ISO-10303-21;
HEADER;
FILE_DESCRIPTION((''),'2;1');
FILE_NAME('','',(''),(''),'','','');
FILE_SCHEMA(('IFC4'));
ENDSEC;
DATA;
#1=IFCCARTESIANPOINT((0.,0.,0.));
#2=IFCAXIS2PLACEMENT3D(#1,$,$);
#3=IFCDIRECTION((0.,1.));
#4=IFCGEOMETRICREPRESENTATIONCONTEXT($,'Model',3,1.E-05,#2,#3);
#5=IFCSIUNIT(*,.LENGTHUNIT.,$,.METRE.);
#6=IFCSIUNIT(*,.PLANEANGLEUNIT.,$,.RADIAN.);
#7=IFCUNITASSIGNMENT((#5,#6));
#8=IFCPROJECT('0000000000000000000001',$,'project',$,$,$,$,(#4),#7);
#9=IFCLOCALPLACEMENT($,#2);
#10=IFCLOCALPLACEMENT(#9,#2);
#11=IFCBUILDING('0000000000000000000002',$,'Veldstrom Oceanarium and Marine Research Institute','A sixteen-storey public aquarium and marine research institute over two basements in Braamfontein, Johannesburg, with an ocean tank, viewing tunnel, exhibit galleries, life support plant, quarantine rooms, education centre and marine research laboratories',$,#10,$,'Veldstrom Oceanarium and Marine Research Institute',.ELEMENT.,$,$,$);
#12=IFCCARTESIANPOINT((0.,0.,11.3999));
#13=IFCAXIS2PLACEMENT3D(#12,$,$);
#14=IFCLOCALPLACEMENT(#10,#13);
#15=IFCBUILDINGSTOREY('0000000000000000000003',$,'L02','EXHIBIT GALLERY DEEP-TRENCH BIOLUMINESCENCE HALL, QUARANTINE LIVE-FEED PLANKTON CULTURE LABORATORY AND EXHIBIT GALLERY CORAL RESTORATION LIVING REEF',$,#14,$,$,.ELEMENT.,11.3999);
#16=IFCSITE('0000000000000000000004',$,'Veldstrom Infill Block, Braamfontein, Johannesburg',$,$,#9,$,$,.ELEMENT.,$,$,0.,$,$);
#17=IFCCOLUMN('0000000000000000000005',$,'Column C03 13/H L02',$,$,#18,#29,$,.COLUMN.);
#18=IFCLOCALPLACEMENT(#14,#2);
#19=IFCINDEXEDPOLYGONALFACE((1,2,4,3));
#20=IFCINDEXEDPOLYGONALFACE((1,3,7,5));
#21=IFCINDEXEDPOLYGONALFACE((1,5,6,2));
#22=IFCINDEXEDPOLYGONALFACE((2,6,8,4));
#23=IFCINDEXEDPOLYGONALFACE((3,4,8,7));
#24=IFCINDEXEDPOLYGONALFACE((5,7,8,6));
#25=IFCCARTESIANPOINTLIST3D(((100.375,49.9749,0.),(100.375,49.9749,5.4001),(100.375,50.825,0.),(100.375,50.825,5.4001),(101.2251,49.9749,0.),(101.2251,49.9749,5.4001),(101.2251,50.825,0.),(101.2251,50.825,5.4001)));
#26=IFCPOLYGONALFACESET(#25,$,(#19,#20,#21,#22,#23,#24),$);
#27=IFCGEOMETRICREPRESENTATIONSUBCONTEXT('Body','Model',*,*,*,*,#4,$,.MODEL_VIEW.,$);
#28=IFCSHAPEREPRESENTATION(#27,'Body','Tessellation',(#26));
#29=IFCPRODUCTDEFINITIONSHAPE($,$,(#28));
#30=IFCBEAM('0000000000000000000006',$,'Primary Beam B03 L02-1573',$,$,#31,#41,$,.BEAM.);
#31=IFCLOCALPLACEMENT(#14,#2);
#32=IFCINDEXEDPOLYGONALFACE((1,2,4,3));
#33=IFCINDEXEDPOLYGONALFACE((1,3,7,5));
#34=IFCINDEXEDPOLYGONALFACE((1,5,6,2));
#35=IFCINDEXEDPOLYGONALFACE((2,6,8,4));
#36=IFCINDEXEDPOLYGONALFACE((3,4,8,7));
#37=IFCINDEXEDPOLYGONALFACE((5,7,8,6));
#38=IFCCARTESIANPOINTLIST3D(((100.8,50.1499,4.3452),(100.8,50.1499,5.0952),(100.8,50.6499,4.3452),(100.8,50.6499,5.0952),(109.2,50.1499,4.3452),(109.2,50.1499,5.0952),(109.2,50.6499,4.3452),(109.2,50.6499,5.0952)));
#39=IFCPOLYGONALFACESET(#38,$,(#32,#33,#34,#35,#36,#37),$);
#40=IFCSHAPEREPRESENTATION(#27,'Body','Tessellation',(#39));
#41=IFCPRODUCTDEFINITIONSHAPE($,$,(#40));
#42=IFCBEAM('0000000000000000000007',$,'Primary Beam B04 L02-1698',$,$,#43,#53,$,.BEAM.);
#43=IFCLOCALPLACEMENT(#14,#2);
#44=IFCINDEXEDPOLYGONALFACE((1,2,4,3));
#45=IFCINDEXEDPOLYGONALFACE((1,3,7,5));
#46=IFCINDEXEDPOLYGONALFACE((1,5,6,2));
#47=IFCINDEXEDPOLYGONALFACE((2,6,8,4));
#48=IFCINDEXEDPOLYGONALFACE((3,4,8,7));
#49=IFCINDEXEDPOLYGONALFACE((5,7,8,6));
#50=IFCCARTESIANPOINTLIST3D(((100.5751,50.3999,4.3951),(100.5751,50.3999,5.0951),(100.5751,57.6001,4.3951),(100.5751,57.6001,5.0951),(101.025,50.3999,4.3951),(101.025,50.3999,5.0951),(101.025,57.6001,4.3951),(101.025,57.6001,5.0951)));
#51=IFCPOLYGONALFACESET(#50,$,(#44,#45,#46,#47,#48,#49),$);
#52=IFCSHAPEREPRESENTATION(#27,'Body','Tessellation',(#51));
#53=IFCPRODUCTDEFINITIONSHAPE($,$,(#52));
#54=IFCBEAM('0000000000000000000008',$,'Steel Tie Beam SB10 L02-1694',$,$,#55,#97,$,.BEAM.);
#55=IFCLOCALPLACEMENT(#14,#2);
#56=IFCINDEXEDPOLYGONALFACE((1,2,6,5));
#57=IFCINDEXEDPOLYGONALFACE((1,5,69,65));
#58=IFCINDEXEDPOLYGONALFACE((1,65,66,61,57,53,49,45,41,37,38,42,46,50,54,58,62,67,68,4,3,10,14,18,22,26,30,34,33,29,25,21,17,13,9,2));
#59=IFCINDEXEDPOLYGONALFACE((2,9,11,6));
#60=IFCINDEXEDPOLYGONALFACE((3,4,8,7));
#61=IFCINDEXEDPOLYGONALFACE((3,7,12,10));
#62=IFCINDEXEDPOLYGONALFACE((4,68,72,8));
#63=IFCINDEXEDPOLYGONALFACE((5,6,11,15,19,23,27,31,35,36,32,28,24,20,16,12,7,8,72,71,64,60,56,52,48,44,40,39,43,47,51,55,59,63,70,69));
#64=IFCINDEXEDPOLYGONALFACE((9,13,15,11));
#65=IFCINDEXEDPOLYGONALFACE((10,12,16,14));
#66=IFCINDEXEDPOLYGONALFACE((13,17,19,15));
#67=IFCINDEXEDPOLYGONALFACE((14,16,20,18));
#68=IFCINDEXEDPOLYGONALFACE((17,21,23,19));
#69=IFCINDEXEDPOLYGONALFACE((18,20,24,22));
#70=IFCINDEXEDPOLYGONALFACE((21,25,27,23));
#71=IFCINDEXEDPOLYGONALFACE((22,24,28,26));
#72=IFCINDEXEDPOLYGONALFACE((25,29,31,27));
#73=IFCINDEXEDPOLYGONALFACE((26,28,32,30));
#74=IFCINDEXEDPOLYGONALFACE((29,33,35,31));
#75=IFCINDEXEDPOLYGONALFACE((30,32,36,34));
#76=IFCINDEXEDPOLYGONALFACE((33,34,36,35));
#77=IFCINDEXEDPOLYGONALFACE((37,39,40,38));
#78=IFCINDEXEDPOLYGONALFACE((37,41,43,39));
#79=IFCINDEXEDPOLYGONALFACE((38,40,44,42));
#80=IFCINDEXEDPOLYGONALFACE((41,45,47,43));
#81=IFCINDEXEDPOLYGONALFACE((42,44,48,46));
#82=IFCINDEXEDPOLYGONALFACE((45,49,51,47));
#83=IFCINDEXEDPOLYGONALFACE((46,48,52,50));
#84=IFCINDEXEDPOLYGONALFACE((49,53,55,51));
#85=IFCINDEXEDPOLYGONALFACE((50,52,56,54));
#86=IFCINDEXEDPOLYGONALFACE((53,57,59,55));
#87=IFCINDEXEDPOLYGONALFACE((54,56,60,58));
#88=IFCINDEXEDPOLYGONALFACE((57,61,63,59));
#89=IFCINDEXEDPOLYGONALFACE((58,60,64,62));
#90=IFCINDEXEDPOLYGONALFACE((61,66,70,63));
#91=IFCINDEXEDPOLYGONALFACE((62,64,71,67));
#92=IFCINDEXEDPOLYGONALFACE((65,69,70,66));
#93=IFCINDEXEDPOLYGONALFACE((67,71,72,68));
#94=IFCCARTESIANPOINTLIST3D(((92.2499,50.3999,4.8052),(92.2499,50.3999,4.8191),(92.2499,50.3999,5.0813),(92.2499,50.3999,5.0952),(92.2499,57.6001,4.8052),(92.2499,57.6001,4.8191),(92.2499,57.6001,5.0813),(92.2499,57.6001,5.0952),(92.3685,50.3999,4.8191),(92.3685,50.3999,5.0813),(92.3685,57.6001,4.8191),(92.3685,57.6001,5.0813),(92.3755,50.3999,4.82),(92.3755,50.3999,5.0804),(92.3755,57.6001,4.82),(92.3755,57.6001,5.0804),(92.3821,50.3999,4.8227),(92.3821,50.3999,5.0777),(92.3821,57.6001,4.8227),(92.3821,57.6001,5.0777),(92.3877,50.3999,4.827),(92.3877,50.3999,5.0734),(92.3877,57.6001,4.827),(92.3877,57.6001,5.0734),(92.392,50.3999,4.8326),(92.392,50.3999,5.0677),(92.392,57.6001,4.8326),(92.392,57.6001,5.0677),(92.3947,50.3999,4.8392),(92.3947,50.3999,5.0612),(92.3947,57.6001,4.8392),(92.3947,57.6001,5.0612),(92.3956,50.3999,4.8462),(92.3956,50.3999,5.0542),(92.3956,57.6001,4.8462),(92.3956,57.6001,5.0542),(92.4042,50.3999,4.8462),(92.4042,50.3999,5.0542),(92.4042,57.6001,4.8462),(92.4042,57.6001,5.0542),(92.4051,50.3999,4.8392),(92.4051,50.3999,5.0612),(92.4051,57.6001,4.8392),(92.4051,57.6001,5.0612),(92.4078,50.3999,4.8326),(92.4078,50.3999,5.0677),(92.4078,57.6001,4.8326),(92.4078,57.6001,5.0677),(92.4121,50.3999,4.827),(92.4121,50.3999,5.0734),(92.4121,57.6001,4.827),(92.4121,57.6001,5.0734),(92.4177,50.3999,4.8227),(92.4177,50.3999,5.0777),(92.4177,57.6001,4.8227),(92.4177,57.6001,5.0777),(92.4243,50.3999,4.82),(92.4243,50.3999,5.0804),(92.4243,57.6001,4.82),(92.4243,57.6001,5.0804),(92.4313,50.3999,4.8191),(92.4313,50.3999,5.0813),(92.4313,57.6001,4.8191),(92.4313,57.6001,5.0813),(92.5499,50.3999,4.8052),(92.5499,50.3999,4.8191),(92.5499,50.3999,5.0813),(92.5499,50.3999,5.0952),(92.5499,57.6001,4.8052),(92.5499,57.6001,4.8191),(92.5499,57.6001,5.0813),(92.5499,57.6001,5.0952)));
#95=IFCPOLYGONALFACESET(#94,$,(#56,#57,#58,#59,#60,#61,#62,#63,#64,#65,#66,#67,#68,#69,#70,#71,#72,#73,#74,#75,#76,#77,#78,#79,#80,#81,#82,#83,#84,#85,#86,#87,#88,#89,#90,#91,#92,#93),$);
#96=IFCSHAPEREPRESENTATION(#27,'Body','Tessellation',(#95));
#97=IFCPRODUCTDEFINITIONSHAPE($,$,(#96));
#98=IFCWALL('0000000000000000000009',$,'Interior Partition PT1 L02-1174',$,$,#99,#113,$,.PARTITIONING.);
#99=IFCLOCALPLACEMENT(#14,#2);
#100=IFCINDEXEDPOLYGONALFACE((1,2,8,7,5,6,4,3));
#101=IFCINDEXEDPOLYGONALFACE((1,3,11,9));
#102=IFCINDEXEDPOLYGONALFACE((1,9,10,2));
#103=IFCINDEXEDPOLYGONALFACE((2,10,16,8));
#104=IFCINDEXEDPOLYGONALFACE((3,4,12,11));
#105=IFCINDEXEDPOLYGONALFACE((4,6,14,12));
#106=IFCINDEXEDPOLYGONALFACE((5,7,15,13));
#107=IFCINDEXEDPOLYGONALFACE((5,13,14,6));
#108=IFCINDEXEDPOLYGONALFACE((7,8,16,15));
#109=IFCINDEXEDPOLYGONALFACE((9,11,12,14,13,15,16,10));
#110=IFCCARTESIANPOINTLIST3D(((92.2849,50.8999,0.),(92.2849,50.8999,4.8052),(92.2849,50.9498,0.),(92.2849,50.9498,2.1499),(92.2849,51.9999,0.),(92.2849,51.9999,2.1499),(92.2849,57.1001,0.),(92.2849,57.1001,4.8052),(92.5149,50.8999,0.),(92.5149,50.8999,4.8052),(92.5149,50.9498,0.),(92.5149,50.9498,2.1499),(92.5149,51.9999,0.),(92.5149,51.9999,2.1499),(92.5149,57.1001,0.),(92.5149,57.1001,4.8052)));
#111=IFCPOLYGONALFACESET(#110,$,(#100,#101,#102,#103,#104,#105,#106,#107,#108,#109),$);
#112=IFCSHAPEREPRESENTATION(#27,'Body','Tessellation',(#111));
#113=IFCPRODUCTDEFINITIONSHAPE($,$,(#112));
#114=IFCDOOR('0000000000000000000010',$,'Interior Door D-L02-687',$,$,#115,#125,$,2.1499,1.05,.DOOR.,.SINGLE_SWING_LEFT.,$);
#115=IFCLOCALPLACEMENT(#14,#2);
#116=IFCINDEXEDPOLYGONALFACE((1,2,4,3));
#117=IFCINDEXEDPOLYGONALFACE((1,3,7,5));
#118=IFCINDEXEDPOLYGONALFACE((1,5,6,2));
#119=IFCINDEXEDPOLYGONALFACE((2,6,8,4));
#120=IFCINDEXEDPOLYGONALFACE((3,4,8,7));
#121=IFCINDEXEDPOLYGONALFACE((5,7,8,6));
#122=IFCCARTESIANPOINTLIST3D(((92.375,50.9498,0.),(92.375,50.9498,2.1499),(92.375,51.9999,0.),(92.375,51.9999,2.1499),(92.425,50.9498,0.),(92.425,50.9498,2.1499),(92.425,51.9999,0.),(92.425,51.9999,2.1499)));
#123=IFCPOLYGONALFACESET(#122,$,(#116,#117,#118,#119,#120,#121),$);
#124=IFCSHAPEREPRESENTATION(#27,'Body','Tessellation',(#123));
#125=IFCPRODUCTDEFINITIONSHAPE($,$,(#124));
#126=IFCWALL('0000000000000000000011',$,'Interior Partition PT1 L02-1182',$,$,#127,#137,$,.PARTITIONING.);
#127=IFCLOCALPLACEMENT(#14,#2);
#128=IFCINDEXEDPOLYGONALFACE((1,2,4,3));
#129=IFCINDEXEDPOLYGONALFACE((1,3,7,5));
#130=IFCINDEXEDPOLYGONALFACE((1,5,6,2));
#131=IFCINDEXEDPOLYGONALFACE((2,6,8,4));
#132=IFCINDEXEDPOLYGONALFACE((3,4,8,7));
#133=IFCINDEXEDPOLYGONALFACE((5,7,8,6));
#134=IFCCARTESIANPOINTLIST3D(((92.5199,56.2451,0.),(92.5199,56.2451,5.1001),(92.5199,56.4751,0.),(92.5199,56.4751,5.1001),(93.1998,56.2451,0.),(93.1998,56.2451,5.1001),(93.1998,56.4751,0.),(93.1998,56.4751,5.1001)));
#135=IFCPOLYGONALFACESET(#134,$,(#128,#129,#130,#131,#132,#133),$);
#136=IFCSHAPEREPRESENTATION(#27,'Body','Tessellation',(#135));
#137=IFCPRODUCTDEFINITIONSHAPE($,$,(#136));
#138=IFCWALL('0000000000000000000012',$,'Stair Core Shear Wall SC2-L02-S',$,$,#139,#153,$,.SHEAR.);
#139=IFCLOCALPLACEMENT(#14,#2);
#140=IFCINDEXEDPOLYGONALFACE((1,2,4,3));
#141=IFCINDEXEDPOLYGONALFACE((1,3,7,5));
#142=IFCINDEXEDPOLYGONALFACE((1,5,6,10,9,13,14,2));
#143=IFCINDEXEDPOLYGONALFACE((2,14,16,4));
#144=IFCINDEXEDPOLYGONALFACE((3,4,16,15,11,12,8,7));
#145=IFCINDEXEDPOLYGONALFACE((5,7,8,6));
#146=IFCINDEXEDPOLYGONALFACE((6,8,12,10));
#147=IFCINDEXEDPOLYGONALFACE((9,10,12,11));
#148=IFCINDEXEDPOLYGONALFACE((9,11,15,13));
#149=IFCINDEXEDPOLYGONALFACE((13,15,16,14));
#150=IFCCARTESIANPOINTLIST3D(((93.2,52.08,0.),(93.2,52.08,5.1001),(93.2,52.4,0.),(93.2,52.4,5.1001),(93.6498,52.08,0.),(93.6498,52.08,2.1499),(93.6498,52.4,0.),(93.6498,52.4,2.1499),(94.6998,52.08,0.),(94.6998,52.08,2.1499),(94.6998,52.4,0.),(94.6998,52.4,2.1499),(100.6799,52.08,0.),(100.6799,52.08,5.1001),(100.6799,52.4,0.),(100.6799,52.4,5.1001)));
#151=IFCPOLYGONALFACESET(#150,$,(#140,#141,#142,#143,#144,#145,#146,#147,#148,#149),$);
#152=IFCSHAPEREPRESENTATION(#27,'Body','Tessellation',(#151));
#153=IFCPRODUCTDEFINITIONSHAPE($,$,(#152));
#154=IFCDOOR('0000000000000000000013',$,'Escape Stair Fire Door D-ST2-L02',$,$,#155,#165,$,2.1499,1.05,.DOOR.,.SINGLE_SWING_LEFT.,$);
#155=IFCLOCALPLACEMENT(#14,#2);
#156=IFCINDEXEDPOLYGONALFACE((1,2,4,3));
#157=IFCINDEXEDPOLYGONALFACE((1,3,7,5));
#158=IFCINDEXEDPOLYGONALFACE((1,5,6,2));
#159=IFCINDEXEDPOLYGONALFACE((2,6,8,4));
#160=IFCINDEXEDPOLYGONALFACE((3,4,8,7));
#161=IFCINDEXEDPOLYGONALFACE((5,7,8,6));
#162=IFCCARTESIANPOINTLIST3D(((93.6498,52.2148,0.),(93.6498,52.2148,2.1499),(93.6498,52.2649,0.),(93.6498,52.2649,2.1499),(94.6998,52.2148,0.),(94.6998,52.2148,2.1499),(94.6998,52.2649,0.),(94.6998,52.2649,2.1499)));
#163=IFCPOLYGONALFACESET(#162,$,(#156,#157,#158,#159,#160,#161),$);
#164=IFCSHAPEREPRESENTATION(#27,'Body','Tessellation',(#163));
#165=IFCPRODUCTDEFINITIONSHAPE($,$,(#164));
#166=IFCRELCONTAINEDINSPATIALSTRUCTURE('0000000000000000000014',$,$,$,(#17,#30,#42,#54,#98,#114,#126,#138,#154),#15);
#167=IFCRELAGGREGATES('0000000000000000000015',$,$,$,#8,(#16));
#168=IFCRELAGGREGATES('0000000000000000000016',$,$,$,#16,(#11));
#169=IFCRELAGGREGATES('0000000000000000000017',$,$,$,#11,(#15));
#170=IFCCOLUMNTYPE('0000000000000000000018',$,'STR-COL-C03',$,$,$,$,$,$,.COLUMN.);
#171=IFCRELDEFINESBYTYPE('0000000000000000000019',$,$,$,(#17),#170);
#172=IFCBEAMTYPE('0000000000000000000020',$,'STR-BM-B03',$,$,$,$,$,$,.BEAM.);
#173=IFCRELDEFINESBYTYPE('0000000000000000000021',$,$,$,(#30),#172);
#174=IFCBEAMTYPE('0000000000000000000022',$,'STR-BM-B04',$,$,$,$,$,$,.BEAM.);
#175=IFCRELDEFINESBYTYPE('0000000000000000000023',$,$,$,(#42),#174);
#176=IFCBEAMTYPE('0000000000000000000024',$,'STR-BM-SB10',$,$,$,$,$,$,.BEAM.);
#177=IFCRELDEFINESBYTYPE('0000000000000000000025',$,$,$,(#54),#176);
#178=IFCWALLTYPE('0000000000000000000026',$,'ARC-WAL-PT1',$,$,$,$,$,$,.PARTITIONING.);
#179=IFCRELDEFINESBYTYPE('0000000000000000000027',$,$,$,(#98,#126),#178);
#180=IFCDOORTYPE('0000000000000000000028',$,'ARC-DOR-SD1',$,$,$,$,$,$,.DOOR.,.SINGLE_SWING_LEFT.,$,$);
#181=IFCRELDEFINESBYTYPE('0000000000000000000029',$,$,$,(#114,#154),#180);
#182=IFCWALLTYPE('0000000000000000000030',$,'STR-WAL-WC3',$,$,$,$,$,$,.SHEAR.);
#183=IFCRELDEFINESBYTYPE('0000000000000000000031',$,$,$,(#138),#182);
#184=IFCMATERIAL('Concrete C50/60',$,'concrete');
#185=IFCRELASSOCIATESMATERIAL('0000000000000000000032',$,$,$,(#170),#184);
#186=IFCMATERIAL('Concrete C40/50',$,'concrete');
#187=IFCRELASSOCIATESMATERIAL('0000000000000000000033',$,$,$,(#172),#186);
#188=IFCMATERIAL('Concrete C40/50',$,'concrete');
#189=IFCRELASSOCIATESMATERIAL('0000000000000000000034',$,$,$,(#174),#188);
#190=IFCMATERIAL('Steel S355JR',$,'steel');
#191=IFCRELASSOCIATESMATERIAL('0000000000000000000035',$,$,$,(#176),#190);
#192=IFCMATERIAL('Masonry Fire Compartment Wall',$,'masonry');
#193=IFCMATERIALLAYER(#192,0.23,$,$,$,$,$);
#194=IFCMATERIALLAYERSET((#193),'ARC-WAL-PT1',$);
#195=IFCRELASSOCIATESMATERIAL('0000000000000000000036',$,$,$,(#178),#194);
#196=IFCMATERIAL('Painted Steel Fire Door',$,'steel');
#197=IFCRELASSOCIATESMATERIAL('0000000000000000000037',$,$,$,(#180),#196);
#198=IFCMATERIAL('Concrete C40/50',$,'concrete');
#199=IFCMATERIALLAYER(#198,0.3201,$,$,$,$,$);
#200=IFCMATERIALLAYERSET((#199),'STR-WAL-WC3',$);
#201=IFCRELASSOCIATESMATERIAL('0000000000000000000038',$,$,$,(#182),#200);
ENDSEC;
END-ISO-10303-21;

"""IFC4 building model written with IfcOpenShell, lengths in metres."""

from ifc_helpers import new_model, si_unit, direction, frame, frame_2d, origin, origin_2d, place, context, subcontext, project, spatial, rectangle, i_section, extrude, material, layer, layer_set, material_profile, profile_set, type_object, element, fill, save


model = new_model("IFC4")

# Units and contexts
model_context = context("Model", 3, precision=1e-05, world=origin(), true_north=direction((0.0, 1.0)))
body_context = subcontext(model_context, "Body", "Model", "MODEL_VIEW")
ifc_project = project(units=[si_unit("LENGTHUNIT", "METRE"), si_unit("PLANEANGLEUNIT", "RADIAN")], contexts=[model_context])

# Site, building, storey
site_placement = place(None, origin())
site = spatial("IfcSite", under=ifc_project, at=site_placement, Name="Veldstrom Infill Block, Braamfontein, Johannesburg", CompositionType="ELEMENT", RefElevation=0.0)
building_placement = place(site_placement, origin())
building = spatial("IfcBuilding", under=site, at=building_placement, Name="Veldstrom Oceanarium and Marine Research Institute", Description="A sixteen-storey public aquarium and marine research institute over two basements in Braamfontein, Johannesburg, with an ocean tank, viewing tunnel, exhibit galleries, life support plant, quarantine rooms, education centre and marine research laboratories", LongName="Veldstrom Oceanarium and Marine Research Institute", CompositionType="ELEMENT")
storey_placement = place(building_placement, frame((0.0, 0.0, 11.3999)))
storey = spatial("IfcBuildingStorey", under=building, at=storey_placement, Name="L02", Description="EXHIBIT GALLERY DEEP-TRENCH BIOLUMINESCENCE HALL, QUARANTINE LIVE-FEED PLANKTON CULTURE LABORATORY AND EXHIBIT GALLERY CORAL RESTORATION LIVING REEF", CompositionType="ELEMENT", Elevation=11.3999)

# Column
ifc_material_1 = material(Name="Concrete C50/60", Category="concrete")
ifc_material_profile_1 = material_profile(ifc_material_1, rectangle(XDim=0.8501, YDim=0.8501, at=origin_2d()), Name="RC-COL-850x850")
ifc_profile_set_1 = profile_set([ifc_material_profile_1], Name="Concrete C50/60")
column_type = type_object("IfcColumnType", Name="STR-COL-C03", PredefinedType="COLUMN", material=ifc_profile_set_1)
column_placement = place(storey_placement, frame((100.8, 50.3999, 0.0), z_axis=(0.0, 0.0, 1.0), x_axis=(1.0, 0.0, 0.0)))
element("IfcColumn", 1, at=column_placement, inside=storey, type_object=column_type, Name="Column C03 13/H L02", PredefinedType="COLUMN", context=body_context, shape_type="SweptSolid", body=[
    extrude(rectangle(XDim=0.8501, YDim=0.8501, at=origin_2d()), origin(), (0.0, 0.0, 1.0), 5.4001),
])

# Beams
ifc_material_2 = material(Name="Concrete C40/50", Category="concrete")
ifc_material_profile_2 = material_profile(ifc_material_2, rectangle(XDim=0.5, YDim=0.75, at=origin_2d()), Name="RC-BM-500x750")
ifc_profile_set_2 = profile_set([ifc_material_profile_2], Name="Concrete C40/50")
beam_type_1 = type_object("IfcBeamType", Name="STR-BM-B03", PredefinedType="BEAM", material=ifc_profile_set_2)
beam_1_placement = place(storey_placement, frame((100.8, 50.3999, 4.7202), z_axis=(1.0, 0.0, 0.0), x_axis=(0.0, 1.0, 0.0)))
element("IfcBeam", 2, at=beam_1_placement, inside=storey, type_object=beam_type_1, Name="Primary Beam B03 L02-1573", PredefinedType="BEAM", context=body_context, shape_type="SweptSolid", body=[
    extrude(rectangle(XDim=0.5, YDim=0.75, at=origin_2d()), origin(), (0.0, 0.0, 1.0), 8.3999),
])
ifc_material_3 = material(Name="Concrete C40/50", Category="concrete")
ifc_material_profile_3 = material_profile(ifc_material_3, rectangle(XDim=0.45, YDim=0.7, at=origin_2d()), Name="RC-BM-450x700")
ifc_profile_set_3 = profile_set([ifc_material_profile_3], Name="Concrete C40/50")
beam_type_2 = type_object("IfcBeamType", Name="STR-BM-B04", PredefinedType="BEAM", material=ifc_profile_set_3)
beam_2_placement = place(storey_placement, frame((100.8, 50.3999, 4.7451), z_axis=(0.0, 1.0, 0.0), x_axis=(-1.0, 0.0, 0.0)))
element("IfcBeam", 3, at=beam_2_placement, inside=storey, type_object=beam_type_2, Name="Primary Beam B04 L02-1698", PredefinedType="BEAM", context=body_context, shape_type="SweptSolid", body=[
    extrude(rectangle(XDim=0.45, YDim=0.7, at=origin_2d()), origin(), (0.0, 0.0, 1.0), 7.2002),
])
ifc_material_4 = material(Name="Steel S355JR", Category="steel")
ifc_material_profile_4 = material_profile(ifc_material_4, i_section(OverallWidth=0.3, OverallDepth=0.29, WebThickness=0.0085, FlangeThickness=0.0139, FilletRadius=0.0271, at=origin_2d()), Name="HEA 300")
ifc_profile_set_4 = profile_set([ifc_material_profile_4], Name="Steel S355JR")
beam_type_3 = type_object("IfcBeamType", Name="STR-BM-SB10", PredefinedType="BEAM", material=ifc_profile_set_4)
beam_3_placement = place(storey_placement, frame((92.3999, 50.3999, 4.9502), z_axis=(0.0, 1.0, 0.0), x_axis=(-1.0, 0.0, 0.0)))
element("IfcBeam", 4, at=beam_3_placement, inside=storey, type_object=beam_type_3, Name="Steel Tie Beam SB10 L02-1694", PredefinedType="BEAM", context=body_context, shape_type="SweptSolid", body=[
    extrude(i_section(OverallWidth=0.3, OverallDepth=0.29, WebThickness=0.0085, FlangeThickness=0.0139, FilletRadius=0.0271, at=origin_2d()), origin(), (0.0, 0.0, 1.0), 7.2002),
])

# Wall, opening, door
ifc_material_5 = material(Name="Masonry Fire Compartment Wall", Category="masonry")
ifc_layer_1 = layer(ifc_material_5, 0.23)
ifc_layer_set_1 = layer_set([ifc_layer_1], Name="ARC-WAL-PT1")
wall_type_1 = type_object("IfcWallType", Name="ARC-WAL-PT1", PredefinedType="PARTITIONING", material=ifc_layer_set_1)
wall_1_placement = place(storey_placement, frame((92.3999, 50.8999, 0.0), z_axis=(0.0, 0.0, 1.0), x_axis=(0.0, 1.0, 0.0)))
wall_1 = element("IfcWall", 5, at=wall_1_placement, inside=storey, type_object=wall_type_1, Name="Interior Partition PT1 L02-1174", PredefinedType="PARTITIONING", context=body_context, shape_type="SweptSolid", body=[
    extrude(rectangle(XDim=6.2002, YDim=0.23, at=frame_2d((3.1001, 0.0))), origin(), (0.0, 0.0, 1.0), 4.8052),
])
opening_1_placement = place(wall_1_placement, frame((0.05, 0.0, 0.0)))
opening_1 = element("IfcOpeningElement", 6, at=opening_1_placement, cuts=wall_1, PredefinedType="OPENING", context=body_context, shape_type="SweptSolid", body=[
    extrude(rectangle(XDim=1.05, YDim=2.1499, at=frame_2d((0.5249, 1.075))), frame((0.0, 0.125, 0.0), z_axis=(0.0, -1.0, 0.0), x_axis=(1.0, 0.0, 0.0)), (0.0, 0.0, 1.0), 0.25),
])
ifc_material_6 = material(Name="Painted Steel Fire Door", Category="steel")
door_type_1 = type_object("IfcDoorType", Name="ARC-DOR-SD1", OperationType="SINGLE_SWING_LEFT", PredefinedType="DOOR", material=ifc_material_6)
door_1_placement = place(opening_1_placement, origin())
door_1 = element("IfcDoor", 7, at=door_1_placement, inside=storey, type_object=door_type_1, Name="Interior Door D-L02-687", OperationType="SINGLE_SWING_LEFT", OverallHeight=2.1499, OverallWidth=1.05, PredefinedType="DOOR", context=body_context, shape_type="SweptSolid", body=[
    extrude(rectangle(XDim=1.05, YDim=2.1499, at=frame_2d((0.5249, 1.075))), frame((0.0, 0.0249, 0.0), z_axis=(0.0, -1.0, 0.0), x_axis=(1.0, 0.0, 0.0)), (0.0, 0.0, 1.0), 0.05),
])
fill(opening_1, door_1)

# Wall
wall_2_placement = place(storey_placement, frame((92.52, 56.3601, 0.0), z_axis=(0.0, 0.0, 1.0), x_axis=(1.0, 0.0, 0.0)))
element("IfcWall", 8, at=wall_2_placement, inside=storey, type_object=wall_type_1, Name="Interior Partition PT1 L02-1182", PredefinedType="PARTITIONING", context=body_context, shape_type="SweptSolid", body=[
    extrude(rectangle(XDim=0.6799, YDim=0.23, at=frame_2d((0.3398, 0.0))), origin(), (0.0, 0.0, 1.0), 5.1001),
])

# Wall, opening, door
ifc_material_7 = material(Name="Concrete C40/50", Category="concrete")
ifc_layer_2 = layer(ifc_material_7, 0.3201)
ifc_layer_set_2 = layer_set([ifc_layer_2], Name="STR-WAL-WC3")
wall_type_2 = type_object("IfcWallType", Name="STR-WAL-WC3", PredefinedType="SHEAR", material=ifc_layer_set_2)
wall_3_placement = place(storey_placement, frame((93.2, 52.24, 0.0), z_axis=(0.0, 0.0, 1.0), x_axis=(1.0, 0.0, 0.0)))
wall_3 = element("IfcWall", 9, at=wall_3_placement, inside=storey, type_object=wall_type_2, Name="Stair Core Shear Wall SC2-L02-S", PredefinedType="SHEAR", context=body_context, shape_type="SweptSolid", body=[
    extrude(rectangle(XDim=7.48, YDim=0.3201, at=frame_2d((3.74, 0.0))), origin(), (0.0, 0.0, 1.0), 5.1001),
])
opening_2_placement = place(wall_3_placement, frame((0.45, 0.0, 0.0)))
opening_2 = element("IfcOpeningElement", 10, at=opening_2_placement, cuts=wall_3, PredefinedType="OPENING", context=body_context, shape_type="SweptSolid", body=[
    extrude(rectangle(XDim=1.05, YDim=2.1499, at=frame_2d((0.5249, 1.075))), frame((0.0, 0.1699, 0.0), z_axis=(0.0, -1.0, 0.0), x_axis=(1.0, 0.0, 0.0)), (0.0, 0.0, 1.0), 0.3401),
])
door_2_placement = place(opening_2_placement, origin())
door_2 = element("IfcDoor", 11, at=door_2_placement, inside=storey, type_object=door_type_1, Name="Escape Stair Fire Door D-ST2-L02", OperationType="SINGLE_SWING_LEFT", OverallHeight=2.1499, OverallWidth=1.05, PredefinedType="DOOR", context=body_context, shape_type="SweptSolid", body=[
    extrude(rectangle(XDim=1.05, YDim=2.1499, at=frame_2d((0.5249, 1.075))), frame((0.0, 0.0249, 0.0), z_axis=(0.0, -1.0, 0.0), x_axis=(1.0, 0.0, 0.0)), (0.0, 0.0, 1.0), 0.05),
])
fill(opening_2, door_2)

save(model, "model.ifc")
